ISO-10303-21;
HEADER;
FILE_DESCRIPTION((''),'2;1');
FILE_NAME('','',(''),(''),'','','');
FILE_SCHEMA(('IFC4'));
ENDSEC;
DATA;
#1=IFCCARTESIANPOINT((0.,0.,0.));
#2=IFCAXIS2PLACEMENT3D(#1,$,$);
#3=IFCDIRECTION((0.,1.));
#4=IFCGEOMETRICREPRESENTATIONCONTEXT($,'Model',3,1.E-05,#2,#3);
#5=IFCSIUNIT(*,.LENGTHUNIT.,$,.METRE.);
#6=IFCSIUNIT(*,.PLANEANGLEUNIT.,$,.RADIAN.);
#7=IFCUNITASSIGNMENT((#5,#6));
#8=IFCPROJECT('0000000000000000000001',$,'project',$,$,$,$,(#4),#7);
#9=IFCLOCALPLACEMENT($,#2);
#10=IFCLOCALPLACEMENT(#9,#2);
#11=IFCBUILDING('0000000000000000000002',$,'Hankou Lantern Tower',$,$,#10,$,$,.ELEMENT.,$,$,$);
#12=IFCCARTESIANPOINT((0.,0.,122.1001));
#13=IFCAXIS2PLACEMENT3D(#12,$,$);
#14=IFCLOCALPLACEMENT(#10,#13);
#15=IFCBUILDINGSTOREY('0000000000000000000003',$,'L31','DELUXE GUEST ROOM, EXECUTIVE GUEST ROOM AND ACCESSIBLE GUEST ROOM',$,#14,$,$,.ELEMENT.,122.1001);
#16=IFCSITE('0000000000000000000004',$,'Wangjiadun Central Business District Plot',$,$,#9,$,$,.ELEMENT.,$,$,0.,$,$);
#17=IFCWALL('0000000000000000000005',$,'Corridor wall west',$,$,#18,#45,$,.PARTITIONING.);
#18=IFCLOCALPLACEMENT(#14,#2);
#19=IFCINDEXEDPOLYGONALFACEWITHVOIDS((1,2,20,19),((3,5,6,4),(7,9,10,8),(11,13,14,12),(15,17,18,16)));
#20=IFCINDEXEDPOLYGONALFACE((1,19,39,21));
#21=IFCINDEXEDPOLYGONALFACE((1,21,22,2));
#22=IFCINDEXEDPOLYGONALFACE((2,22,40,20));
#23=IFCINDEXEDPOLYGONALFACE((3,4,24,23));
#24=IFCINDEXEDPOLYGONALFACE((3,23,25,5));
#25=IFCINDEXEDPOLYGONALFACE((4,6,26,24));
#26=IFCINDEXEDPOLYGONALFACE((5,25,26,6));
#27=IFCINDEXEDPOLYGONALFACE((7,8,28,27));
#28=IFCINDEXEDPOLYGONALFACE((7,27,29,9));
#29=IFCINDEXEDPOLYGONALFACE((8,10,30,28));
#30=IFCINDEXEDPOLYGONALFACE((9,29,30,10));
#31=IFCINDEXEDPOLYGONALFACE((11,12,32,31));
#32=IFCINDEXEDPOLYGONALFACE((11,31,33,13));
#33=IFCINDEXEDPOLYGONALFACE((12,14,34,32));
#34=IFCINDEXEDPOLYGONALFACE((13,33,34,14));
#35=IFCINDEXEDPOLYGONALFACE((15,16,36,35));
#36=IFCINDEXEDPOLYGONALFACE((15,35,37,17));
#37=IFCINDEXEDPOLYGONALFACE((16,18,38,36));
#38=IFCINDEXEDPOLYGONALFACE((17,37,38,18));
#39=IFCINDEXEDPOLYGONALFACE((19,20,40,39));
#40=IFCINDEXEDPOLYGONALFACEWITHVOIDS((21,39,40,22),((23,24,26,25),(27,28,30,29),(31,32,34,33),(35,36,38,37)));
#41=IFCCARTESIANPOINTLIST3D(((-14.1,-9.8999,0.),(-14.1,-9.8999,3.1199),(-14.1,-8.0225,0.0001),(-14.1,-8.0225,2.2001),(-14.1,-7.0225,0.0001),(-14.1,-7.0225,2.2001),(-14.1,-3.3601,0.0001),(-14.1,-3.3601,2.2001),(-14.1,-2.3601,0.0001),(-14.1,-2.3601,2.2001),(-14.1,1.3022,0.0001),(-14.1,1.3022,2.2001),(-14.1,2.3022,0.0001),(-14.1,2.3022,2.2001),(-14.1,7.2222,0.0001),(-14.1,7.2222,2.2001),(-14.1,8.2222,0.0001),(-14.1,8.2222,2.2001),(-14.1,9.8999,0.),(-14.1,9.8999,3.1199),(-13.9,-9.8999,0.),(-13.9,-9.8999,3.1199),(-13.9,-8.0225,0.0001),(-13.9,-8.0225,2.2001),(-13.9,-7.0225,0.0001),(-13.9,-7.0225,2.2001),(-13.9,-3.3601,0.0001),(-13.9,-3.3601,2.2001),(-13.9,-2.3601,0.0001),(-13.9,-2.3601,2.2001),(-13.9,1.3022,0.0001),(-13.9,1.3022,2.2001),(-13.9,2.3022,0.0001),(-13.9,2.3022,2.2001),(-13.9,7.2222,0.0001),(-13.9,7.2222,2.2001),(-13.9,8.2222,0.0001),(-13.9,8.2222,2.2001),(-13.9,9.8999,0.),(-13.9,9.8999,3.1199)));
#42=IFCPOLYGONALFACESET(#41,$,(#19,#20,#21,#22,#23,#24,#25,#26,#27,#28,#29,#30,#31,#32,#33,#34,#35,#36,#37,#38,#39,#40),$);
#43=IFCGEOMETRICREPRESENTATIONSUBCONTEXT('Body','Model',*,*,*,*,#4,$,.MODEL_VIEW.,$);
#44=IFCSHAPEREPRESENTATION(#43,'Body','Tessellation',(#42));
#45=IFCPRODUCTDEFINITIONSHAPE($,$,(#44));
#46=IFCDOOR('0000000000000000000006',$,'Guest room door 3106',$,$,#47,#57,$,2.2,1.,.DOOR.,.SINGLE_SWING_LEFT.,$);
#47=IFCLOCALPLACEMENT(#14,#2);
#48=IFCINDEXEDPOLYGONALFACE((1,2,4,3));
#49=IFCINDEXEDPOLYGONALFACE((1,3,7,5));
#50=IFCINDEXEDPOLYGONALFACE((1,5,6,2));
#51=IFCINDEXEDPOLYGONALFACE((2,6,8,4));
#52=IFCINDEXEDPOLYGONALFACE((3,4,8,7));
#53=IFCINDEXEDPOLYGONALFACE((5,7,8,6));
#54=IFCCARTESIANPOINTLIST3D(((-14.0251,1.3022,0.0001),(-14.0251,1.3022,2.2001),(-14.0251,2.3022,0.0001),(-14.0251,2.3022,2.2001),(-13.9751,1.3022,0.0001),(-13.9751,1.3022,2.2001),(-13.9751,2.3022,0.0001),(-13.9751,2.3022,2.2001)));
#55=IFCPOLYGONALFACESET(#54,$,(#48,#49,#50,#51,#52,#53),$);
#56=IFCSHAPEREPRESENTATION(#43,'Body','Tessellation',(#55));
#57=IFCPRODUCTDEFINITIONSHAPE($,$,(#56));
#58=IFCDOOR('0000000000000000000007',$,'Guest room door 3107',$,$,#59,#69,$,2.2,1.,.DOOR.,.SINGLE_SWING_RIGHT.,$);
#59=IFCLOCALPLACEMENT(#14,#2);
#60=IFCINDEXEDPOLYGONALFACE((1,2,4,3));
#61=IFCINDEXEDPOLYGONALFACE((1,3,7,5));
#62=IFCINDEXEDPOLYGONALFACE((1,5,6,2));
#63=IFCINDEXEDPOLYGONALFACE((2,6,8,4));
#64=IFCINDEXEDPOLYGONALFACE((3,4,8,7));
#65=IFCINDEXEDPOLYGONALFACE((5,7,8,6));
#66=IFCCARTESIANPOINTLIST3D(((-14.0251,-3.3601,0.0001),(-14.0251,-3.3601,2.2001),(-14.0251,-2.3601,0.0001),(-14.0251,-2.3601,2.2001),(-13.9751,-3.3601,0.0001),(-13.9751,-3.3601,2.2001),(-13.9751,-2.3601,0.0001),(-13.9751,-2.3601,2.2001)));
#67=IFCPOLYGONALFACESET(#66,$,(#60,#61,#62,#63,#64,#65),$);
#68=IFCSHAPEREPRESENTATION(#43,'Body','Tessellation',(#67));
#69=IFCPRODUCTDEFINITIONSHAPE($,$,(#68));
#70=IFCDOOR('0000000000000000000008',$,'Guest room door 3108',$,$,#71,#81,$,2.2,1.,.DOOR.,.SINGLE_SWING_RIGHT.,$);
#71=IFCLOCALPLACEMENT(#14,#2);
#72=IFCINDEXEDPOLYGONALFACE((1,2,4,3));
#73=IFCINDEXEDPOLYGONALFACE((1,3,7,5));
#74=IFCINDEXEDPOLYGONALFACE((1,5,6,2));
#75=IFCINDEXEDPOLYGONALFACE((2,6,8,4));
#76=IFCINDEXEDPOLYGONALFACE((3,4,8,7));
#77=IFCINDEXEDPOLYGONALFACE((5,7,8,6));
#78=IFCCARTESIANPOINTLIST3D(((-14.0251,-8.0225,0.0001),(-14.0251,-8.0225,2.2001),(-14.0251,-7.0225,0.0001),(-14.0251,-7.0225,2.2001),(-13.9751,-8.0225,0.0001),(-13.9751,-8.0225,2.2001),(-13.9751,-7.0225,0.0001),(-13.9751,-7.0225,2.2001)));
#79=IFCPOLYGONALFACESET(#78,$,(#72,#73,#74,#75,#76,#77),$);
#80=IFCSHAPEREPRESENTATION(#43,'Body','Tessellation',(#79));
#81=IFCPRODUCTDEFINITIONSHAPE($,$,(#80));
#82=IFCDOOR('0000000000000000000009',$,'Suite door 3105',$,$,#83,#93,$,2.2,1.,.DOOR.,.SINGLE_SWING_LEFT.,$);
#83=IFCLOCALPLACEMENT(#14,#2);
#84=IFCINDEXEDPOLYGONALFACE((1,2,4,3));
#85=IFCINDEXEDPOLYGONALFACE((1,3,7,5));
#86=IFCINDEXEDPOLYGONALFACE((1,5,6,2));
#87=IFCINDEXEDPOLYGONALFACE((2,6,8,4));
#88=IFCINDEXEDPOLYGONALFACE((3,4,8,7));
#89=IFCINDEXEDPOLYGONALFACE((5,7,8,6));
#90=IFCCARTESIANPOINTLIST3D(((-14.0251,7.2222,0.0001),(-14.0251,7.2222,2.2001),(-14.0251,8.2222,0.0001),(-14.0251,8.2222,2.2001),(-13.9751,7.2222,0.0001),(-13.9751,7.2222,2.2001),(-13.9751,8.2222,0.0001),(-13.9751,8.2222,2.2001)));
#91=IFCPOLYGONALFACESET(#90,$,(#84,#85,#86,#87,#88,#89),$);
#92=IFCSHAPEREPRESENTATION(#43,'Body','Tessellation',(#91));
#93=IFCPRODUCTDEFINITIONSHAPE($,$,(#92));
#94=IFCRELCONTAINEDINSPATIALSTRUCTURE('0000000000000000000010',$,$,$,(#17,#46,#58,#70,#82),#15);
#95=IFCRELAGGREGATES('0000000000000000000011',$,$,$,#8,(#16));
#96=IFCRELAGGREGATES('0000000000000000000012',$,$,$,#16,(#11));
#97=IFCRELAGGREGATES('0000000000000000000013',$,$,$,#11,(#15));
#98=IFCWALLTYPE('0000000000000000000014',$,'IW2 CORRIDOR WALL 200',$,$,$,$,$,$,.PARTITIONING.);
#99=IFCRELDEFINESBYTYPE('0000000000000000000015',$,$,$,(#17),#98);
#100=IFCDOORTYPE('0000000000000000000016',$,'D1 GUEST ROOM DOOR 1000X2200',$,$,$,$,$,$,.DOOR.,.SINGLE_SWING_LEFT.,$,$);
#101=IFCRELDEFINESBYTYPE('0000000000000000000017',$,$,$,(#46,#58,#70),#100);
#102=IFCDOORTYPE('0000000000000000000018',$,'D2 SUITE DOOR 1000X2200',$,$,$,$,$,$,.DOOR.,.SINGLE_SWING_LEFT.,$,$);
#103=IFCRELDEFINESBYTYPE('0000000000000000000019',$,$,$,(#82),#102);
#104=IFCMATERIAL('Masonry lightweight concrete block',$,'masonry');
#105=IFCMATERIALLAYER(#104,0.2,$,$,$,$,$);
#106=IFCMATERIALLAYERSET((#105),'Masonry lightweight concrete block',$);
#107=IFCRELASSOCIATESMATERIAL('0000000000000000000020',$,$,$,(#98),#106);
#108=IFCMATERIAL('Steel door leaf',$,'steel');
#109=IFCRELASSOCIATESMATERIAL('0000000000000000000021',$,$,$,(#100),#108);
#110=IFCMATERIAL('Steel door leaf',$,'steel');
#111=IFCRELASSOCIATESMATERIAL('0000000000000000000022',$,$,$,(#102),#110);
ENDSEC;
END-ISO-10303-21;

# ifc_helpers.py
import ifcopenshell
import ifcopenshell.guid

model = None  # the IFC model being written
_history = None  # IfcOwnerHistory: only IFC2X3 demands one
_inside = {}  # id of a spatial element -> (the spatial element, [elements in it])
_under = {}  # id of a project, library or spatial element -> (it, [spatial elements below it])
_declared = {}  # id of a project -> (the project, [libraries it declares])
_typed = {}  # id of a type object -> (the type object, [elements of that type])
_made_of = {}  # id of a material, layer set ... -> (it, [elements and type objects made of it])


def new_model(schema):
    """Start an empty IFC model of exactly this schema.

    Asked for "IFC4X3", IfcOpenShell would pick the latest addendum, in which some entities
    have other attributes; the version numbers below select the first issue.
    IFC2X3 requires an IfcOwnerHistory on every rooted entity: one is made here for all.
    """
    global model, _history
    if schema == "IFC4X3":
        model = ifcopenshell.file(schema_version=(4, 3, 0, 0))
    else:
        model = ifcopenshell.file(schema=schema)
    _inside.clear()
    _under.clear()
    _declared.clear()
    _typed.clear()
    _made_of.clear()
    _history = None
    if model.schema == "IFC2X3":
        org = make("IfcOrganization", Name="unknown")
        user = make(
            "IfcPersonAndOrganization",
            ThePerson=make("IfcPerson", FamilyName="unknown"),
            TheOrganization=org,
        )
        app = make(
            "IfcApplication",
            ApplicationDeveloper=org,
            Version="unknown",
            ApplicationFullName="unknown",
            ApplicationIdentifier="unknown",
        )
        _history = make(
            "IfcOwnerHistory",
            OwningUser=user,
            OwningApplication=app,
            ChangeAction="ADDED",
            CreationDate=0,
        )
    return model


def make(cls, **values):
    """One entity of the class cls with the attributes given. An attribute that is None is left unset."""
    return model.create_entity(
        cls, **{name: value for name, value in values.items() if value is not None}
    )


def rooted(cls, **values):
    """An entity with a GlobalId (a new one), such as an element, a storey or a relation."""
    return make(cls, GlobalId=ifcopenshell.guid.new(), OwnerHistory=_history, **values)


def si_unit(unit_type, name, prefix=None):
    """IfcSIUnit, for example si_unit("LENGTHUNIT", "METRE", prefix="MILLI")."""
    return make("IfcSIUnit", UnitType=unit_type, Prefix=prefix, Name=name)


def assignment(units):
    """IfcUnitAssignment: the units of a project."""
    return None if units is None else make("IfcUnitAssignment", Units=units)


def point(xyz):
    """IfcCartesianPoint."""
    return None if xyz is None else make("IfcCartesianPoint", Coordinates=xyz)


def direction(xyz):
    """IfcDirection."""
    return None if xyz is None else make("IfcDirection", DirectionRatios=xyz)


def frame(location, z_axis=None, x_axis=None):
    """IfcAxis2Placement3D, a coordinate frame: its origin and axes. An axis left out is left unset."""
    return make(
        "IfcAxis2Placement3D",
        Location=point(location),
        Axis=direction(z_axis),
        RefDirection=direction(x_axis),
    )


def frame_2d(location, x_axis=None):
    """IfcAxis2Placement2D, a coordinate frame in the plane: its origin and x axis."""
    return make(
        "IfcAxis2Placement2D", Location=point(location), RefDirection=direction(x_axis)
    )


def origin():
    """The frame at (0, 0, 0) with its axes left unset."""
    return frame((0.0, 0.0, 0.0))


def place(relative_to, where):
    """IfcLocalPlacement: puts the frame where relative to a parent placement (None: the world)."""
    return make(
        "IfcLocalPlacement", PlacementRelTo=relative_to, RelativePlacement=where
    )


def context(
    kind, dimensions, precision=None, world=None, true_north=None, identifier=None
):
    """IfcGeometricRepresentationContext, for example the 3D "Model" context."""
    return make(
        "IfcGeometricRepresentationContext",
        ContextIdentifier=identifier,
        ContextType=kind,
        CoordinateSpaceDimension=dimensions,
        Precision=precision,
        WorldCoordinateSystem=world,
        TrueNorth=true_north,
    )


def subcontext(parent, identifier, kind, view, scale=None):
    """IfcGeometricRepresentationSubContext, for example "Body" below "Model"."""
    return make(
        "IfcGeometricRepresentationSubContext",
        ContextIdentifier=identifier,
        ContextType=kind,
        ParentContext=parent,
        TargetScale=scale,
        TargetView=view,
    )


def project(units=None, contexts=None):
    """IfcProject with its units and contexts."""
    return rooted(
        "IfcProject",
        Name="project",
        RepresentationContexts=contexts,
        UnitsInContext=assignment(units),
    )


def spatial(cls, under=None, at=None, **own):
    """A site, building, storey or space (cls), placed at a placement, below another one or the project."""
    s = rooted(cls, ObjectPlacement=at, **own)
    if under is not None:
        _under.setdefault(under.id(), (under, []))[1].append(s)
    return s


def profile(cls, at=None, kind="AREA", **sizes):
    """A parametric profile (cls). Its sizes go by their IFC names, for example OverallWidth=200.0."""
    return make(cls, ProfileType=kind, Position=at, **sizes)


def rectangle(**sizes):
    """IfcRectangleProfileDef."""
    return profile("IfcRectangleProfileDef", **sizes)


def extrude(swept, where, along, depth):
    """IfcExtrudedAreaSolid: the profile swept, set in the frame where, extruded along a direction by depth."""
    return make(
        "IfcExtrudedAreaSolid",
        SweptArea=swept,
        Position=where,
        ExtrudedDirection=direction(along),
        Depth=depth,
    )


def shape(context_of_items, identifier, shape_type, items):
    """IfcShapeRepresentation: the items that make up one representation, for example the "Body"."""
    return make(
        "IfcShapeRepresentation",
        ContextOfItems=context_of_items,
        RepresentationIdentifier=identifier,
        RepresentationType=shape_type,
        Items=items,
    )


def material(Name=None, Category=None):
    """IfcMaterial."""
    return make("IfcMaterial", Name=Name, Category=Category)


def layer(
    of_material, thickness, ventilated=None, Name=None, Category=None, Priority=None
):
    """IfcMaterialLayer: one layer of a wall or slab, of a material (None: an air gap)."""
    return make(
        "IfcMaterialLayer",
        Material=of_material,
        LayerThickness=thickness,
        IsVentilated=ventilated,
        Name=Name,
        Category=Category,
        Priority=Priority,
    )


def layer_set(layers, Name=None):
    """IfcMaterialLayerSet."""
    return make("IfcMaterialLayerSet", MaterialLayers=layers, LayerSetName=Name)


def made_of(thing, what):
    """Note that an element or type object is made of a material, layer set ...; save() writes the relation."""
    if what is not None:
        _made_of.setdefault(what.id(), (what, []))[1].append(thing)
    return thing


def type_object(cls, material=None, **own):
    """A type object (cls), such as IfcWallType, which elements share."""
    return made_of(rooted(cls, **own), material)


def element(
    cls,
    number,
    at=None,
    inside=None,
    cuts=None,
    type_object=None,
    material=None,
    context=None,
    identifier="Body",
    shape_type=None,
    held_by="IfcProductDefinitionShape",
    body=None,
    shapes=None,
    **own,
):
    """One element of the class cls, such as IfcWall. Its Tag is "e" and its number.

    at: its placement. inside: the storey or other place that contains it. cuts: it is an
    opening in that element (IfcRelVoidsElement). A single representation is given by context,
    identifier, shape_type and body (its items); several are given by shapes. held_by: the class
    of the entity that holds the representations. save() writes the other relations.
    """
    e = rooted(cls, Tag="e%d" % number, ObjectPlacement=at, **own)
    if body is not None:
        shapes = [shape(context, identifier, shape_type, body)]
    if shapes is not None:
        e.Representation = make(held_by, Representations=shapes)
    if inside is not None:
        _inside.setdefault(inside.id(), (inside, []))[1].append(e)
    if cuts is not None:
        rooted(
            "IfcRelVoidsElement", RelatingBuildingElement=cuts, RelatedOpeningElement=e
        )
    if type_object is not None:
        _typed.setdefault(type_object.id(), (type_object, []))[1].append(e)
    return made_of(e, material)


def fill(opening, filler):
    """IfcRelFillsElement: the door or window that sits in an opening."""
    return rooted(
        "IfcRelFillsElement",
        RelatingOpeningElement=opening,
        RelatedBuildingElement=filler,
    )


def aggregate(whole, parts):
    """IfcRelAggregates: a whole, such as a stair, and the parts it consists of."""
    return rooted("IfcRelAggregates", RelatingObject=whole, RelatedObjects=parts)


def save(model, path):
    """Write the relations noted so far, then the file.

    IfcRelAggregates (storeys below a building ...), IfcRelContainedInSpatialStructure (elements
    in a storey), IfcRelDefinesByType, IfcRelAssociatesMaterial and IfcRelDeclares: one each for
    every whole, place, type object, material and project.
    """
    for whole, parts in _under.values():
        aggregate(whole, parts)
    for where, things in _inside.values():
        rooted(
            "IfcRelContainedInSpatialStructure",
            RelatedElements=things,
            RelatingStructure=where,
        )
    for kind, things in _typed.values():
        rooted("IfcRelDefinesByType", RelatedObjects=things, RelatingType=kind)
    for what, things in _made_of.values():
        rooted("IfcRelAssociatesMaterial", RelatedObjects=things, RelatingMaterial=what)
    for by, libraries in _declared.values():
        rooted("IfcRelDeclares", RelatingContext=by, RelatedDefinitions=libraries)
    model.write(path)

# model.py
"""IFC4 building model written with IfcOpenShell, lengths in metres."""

from ifc_helpers import new_model, si_unit, direction, frame, frame_2d, origin, place, context, subcontext, project, spatial, rectangle, extrude, material, layer, layer_set, type_object, element, fill, save


model = new_model("IFC4")

# Units and contexts
model_context = context("Model", 3, precision=1e-05, world=origin(), true_north=direction((0.0, 1.0)))
body_context = subcontext(model_context, "Body", "Model", "MODEL_VIEW")
ifc_project = project(units=[si_unit("LENGTHUNIT", "METRE"), si_unit("PLANEANGLEUNIT", "RADIAN")], contexts=[model_context])

# Site, building, storey
site_placement = place(None, origin())
site = spatial("IfcSite", under=ifc_project, at=site_placement, Name="Wangjiadun Central Business District Plot", CompositionType="ELEMENT", RefElevation=0.0)
building_placement = place(site_placement, origin())
building = spatial("IfcBuilding", under=site, at=building_placement, Name="Hankou Lantern Tower", CompositionType="ELEMENT")
storey_placement = place(building_placement, frame((0.0, 0.0, 122.1001)))
storey = spatial("IfcBuildingStorey", under=building, at=storey_placement, Name="L31", Description="DELUXE GUEST ROOM, EXECUTIVE GUEST ROOM AND ACCESSIBLE GUEST ROOM", CompositionType="ELEMENT", Elevation=122.1001)

# Shared definitions
ifc_material_1 = material(Name="Masonry lightweight concrete block", Category="masonry")
ifc_layer_1 = layer(ifc_material_1, 0.2)
ifc_layer_set_1 = layer_set([ifc_layer_1], Name="Masonry lightweight concrete block")
wall_type_1 = type_object("IfcWallType", Name="IW2 CORRIDOR WALL 200", PredefinedType="PARTITIONING", material=ifc_layer_set_1)

# Wall, openings, doors
wall_1_placement = place(storey_placement, frame((-14.0, 9.8999, 0.0), z_axis=(0.0, 0.0, 1.0), x_axis=(0.0, -1.0, 0.0)))
wall_1 = element("IfcWall", 1, at=wall_1_placement, inside=storey, type_object=wall_type_1, Name="Corridor wall west", PredefinedType="PARTITIONING", context=body_context, shape_type="SweptSolid", body=[
    extrude(rectangle(XDim=19.7998, YDim=0.2, at=frame_2d((9.8999, 0.0))), origin(), (0.0, 0.0, 1.0), 3.1199),
])
opening_1_placement = place(wall_1_placement, frame((1.6777, 0.0, 0.0)))
opening_1 = element("IfcOpeningElement", 2, at=opening_1_placement, cuts=wall_1, PredefinedType="OPENING", context=body_context, shape_type="SweptSolid", body=[
    extrude(rectangle(XDim=1.0, YDim=2.2, at=frame_2d((0.5, 1.1001))), frame((0.0, 0.1099, 0.0), z_axis=(0.0, -1.0, 0.0), x_axis=(1.0, 0.0, 0.0)), (0.0, 0.0, 1.0), 0.22),
])
opening_2_placement = place(wall_1_placement, frame((7.5977, 0.0, 0.0)))
opening_2 = element("IfcOpeningElement", 3, at=opening_2_placement, cuts=wall_1, PredefinedType="OPENING", context=body_context, shape_type="SweptSolid", body=[
    extrude(rectangle(XDim=1.0, YDim=2.2, at=frame_2d((0.5, 1.1001))), frame((0.0, 0.1099, 0.0), z_axis=(0.0, -1.0, 0.0), x_axis=(1.0, 0.0, 0.0)), (0.0, 0.0, 1.0), 0.22),
])
opening_3_placement = place(wall_1_placement, frame((12.26, 0.0, 0.0)))
opening_3 = element("IfcOpeningElement", 4, at=opening_3_placement, cuts=wall_1, PredefinedType="OPENING", context=body_context, shape_type="SweptSolid", body=[
    extrude(rectangle(XDim=1.0, YDim=2.2, at=frame_2d((0.5, 1.1001))), frame((0.0, 0.1099, 0.0), z_axis=(0.0, -1.0, 0.0), x_axis=(1.0, 0.0, 0.0)), (0.0, 0.0, 1.0), 0.22),
])
opening_4_placement = place(wall_1_placement, frame((16.9224, 0.0, 0.0)))
opening_4 = element("IfcOpeningElement", 5, at=opening_4_placement, cuts=wall_1, PredefinedType="OPENING", context=body_context, shape_type="SweptSolid", body=[
    extrude(rectangle(XDim=1.0, YDim=2.2, at=frame_2d((0.5, 1.1001))), frame((0.0, 0.1099, 0.0), z_axis=(0.0, -1.0, 0.0), x_axis=(1.0, 0.0, 0.0)), (0.0, 0.0, 1.0), 0.22),
])
ifc_material_2 = material(Name="Steel door leaf", Category="steel")
door_type_1 = type_object("IfcDoorType", Name="D1 GUEST ROOM DOOR 1000X2200", OperationType="SINGLE_SWING_LEFT", PredefinedType="DOOR", material=ifc_material_2)
door_1_placement = place(opening_2_placement, origin())
door_1 = element("IfcDoor", 6, at=door_1_placement, inside=storey, type_object=door_type_1, Name="Guest room door 3106", OperationType="SINGLE_SWING_LEFT", OverallHeight=2.2, OverallWidth=1.0, PredefinedType="DOOR", context=body_context, shape_type="SweptSolid", body=[
    extrude(rectangle(XDim=1.0, YDim=2.2, at=frame_2d((0.5, 1.1001))), frame((0.0, 0.0249, 0.0), z_axis=(0.0, -1.0, 0.0), x_axis=(1.0, 0.0, 0.0)), (0.0, 0.0, 1.0), 0.05),
])
fill(opening_2, door_1)
door_2_placement = place(opening_3_placement, origin())
door_2 = element("IfcDoor", 7, at=door_2_placement, inside=storey, type_object=door_type_1, Name="Guest room door 3107", OperationType="SINGLE_SWING_RIGHT", OverallHeight=2.2, OverallWidth=1.0, PredefinedType="DOOR", context=body_context, shape_type="SweptSolid", body=[
    extrude(rectangle(XDim=1.0, YDim=2.2, at=frame_2d((0.5, 1.1001))), frame((0.0, 0.0249, 0.0), z_axis=(0.0, -1.0, 0.0), x_axis=(1.0, 0.0, 0.0)), (0.0, 0.0, 1.0), 0.05),
])
fill(opening_3, door_2)
door_3_placement = place(opening_4_placement, origin())
door_3 = element("IfcDoor", 8, at=door_3_placement, inside=storey, type_object=door_type_1, Name="Guest room door 3108", OperationType="SINGLE_SWING_RIGHT", OverallHeight=2.2, OverallWidth=1.0, PredefinedType="DOOR", context=body_context, shape_type="SweptSolid", body=[
    extrude(rectangle(XDim=1.0, YDim=2.2, at=frame_2d((0.5, 1.1001))), frame((0.0, 0.0249, 0.0), z_axis=(0.0, -1.0, 0.0), x_axis=(1.0, 0.0, 0.0)), (0.0, 0.0, 1.0), 0.05),
])
fill(opening_4, door_3)
ifc_material_3 = material(Name="Steel door leaf", Category="steel")
door_type_2 = type_object("IfcDoorType", Name="D2 SUITE DOOR 1000X2200", OperationType="SINGLE_SWING_LEFT", PredefinedType="DOOR", material=ifc_material_3)
door_4_placement = place(opening_1_placement, origin())
door_4 = element("IfcDoor", 9, at=door_4_placement, inside=storey, type_object=door_type_2, Name="Suite door 3105", OperationType="SINGLE_SWING_LEFT", OverallHeight=2.2, OverallWidth=1.0, PredefinedType="DOOR", context=body_context, shape_type="SweptSolid", body=[
    extrude(rectangle(XDim=1.0, YDim=2.2, at=frame_2d((0.5, 1.1001))), frame((0.0, 0.0249, 0.0), z_axis=(0.0, -1.0, 0.0), x_axis=(1.0, 0.0, 0.0)), (0.0, 0.0, 1.0), 0.05),
])
fill(opening_1, door_4)

save(model, "model.ifc")
